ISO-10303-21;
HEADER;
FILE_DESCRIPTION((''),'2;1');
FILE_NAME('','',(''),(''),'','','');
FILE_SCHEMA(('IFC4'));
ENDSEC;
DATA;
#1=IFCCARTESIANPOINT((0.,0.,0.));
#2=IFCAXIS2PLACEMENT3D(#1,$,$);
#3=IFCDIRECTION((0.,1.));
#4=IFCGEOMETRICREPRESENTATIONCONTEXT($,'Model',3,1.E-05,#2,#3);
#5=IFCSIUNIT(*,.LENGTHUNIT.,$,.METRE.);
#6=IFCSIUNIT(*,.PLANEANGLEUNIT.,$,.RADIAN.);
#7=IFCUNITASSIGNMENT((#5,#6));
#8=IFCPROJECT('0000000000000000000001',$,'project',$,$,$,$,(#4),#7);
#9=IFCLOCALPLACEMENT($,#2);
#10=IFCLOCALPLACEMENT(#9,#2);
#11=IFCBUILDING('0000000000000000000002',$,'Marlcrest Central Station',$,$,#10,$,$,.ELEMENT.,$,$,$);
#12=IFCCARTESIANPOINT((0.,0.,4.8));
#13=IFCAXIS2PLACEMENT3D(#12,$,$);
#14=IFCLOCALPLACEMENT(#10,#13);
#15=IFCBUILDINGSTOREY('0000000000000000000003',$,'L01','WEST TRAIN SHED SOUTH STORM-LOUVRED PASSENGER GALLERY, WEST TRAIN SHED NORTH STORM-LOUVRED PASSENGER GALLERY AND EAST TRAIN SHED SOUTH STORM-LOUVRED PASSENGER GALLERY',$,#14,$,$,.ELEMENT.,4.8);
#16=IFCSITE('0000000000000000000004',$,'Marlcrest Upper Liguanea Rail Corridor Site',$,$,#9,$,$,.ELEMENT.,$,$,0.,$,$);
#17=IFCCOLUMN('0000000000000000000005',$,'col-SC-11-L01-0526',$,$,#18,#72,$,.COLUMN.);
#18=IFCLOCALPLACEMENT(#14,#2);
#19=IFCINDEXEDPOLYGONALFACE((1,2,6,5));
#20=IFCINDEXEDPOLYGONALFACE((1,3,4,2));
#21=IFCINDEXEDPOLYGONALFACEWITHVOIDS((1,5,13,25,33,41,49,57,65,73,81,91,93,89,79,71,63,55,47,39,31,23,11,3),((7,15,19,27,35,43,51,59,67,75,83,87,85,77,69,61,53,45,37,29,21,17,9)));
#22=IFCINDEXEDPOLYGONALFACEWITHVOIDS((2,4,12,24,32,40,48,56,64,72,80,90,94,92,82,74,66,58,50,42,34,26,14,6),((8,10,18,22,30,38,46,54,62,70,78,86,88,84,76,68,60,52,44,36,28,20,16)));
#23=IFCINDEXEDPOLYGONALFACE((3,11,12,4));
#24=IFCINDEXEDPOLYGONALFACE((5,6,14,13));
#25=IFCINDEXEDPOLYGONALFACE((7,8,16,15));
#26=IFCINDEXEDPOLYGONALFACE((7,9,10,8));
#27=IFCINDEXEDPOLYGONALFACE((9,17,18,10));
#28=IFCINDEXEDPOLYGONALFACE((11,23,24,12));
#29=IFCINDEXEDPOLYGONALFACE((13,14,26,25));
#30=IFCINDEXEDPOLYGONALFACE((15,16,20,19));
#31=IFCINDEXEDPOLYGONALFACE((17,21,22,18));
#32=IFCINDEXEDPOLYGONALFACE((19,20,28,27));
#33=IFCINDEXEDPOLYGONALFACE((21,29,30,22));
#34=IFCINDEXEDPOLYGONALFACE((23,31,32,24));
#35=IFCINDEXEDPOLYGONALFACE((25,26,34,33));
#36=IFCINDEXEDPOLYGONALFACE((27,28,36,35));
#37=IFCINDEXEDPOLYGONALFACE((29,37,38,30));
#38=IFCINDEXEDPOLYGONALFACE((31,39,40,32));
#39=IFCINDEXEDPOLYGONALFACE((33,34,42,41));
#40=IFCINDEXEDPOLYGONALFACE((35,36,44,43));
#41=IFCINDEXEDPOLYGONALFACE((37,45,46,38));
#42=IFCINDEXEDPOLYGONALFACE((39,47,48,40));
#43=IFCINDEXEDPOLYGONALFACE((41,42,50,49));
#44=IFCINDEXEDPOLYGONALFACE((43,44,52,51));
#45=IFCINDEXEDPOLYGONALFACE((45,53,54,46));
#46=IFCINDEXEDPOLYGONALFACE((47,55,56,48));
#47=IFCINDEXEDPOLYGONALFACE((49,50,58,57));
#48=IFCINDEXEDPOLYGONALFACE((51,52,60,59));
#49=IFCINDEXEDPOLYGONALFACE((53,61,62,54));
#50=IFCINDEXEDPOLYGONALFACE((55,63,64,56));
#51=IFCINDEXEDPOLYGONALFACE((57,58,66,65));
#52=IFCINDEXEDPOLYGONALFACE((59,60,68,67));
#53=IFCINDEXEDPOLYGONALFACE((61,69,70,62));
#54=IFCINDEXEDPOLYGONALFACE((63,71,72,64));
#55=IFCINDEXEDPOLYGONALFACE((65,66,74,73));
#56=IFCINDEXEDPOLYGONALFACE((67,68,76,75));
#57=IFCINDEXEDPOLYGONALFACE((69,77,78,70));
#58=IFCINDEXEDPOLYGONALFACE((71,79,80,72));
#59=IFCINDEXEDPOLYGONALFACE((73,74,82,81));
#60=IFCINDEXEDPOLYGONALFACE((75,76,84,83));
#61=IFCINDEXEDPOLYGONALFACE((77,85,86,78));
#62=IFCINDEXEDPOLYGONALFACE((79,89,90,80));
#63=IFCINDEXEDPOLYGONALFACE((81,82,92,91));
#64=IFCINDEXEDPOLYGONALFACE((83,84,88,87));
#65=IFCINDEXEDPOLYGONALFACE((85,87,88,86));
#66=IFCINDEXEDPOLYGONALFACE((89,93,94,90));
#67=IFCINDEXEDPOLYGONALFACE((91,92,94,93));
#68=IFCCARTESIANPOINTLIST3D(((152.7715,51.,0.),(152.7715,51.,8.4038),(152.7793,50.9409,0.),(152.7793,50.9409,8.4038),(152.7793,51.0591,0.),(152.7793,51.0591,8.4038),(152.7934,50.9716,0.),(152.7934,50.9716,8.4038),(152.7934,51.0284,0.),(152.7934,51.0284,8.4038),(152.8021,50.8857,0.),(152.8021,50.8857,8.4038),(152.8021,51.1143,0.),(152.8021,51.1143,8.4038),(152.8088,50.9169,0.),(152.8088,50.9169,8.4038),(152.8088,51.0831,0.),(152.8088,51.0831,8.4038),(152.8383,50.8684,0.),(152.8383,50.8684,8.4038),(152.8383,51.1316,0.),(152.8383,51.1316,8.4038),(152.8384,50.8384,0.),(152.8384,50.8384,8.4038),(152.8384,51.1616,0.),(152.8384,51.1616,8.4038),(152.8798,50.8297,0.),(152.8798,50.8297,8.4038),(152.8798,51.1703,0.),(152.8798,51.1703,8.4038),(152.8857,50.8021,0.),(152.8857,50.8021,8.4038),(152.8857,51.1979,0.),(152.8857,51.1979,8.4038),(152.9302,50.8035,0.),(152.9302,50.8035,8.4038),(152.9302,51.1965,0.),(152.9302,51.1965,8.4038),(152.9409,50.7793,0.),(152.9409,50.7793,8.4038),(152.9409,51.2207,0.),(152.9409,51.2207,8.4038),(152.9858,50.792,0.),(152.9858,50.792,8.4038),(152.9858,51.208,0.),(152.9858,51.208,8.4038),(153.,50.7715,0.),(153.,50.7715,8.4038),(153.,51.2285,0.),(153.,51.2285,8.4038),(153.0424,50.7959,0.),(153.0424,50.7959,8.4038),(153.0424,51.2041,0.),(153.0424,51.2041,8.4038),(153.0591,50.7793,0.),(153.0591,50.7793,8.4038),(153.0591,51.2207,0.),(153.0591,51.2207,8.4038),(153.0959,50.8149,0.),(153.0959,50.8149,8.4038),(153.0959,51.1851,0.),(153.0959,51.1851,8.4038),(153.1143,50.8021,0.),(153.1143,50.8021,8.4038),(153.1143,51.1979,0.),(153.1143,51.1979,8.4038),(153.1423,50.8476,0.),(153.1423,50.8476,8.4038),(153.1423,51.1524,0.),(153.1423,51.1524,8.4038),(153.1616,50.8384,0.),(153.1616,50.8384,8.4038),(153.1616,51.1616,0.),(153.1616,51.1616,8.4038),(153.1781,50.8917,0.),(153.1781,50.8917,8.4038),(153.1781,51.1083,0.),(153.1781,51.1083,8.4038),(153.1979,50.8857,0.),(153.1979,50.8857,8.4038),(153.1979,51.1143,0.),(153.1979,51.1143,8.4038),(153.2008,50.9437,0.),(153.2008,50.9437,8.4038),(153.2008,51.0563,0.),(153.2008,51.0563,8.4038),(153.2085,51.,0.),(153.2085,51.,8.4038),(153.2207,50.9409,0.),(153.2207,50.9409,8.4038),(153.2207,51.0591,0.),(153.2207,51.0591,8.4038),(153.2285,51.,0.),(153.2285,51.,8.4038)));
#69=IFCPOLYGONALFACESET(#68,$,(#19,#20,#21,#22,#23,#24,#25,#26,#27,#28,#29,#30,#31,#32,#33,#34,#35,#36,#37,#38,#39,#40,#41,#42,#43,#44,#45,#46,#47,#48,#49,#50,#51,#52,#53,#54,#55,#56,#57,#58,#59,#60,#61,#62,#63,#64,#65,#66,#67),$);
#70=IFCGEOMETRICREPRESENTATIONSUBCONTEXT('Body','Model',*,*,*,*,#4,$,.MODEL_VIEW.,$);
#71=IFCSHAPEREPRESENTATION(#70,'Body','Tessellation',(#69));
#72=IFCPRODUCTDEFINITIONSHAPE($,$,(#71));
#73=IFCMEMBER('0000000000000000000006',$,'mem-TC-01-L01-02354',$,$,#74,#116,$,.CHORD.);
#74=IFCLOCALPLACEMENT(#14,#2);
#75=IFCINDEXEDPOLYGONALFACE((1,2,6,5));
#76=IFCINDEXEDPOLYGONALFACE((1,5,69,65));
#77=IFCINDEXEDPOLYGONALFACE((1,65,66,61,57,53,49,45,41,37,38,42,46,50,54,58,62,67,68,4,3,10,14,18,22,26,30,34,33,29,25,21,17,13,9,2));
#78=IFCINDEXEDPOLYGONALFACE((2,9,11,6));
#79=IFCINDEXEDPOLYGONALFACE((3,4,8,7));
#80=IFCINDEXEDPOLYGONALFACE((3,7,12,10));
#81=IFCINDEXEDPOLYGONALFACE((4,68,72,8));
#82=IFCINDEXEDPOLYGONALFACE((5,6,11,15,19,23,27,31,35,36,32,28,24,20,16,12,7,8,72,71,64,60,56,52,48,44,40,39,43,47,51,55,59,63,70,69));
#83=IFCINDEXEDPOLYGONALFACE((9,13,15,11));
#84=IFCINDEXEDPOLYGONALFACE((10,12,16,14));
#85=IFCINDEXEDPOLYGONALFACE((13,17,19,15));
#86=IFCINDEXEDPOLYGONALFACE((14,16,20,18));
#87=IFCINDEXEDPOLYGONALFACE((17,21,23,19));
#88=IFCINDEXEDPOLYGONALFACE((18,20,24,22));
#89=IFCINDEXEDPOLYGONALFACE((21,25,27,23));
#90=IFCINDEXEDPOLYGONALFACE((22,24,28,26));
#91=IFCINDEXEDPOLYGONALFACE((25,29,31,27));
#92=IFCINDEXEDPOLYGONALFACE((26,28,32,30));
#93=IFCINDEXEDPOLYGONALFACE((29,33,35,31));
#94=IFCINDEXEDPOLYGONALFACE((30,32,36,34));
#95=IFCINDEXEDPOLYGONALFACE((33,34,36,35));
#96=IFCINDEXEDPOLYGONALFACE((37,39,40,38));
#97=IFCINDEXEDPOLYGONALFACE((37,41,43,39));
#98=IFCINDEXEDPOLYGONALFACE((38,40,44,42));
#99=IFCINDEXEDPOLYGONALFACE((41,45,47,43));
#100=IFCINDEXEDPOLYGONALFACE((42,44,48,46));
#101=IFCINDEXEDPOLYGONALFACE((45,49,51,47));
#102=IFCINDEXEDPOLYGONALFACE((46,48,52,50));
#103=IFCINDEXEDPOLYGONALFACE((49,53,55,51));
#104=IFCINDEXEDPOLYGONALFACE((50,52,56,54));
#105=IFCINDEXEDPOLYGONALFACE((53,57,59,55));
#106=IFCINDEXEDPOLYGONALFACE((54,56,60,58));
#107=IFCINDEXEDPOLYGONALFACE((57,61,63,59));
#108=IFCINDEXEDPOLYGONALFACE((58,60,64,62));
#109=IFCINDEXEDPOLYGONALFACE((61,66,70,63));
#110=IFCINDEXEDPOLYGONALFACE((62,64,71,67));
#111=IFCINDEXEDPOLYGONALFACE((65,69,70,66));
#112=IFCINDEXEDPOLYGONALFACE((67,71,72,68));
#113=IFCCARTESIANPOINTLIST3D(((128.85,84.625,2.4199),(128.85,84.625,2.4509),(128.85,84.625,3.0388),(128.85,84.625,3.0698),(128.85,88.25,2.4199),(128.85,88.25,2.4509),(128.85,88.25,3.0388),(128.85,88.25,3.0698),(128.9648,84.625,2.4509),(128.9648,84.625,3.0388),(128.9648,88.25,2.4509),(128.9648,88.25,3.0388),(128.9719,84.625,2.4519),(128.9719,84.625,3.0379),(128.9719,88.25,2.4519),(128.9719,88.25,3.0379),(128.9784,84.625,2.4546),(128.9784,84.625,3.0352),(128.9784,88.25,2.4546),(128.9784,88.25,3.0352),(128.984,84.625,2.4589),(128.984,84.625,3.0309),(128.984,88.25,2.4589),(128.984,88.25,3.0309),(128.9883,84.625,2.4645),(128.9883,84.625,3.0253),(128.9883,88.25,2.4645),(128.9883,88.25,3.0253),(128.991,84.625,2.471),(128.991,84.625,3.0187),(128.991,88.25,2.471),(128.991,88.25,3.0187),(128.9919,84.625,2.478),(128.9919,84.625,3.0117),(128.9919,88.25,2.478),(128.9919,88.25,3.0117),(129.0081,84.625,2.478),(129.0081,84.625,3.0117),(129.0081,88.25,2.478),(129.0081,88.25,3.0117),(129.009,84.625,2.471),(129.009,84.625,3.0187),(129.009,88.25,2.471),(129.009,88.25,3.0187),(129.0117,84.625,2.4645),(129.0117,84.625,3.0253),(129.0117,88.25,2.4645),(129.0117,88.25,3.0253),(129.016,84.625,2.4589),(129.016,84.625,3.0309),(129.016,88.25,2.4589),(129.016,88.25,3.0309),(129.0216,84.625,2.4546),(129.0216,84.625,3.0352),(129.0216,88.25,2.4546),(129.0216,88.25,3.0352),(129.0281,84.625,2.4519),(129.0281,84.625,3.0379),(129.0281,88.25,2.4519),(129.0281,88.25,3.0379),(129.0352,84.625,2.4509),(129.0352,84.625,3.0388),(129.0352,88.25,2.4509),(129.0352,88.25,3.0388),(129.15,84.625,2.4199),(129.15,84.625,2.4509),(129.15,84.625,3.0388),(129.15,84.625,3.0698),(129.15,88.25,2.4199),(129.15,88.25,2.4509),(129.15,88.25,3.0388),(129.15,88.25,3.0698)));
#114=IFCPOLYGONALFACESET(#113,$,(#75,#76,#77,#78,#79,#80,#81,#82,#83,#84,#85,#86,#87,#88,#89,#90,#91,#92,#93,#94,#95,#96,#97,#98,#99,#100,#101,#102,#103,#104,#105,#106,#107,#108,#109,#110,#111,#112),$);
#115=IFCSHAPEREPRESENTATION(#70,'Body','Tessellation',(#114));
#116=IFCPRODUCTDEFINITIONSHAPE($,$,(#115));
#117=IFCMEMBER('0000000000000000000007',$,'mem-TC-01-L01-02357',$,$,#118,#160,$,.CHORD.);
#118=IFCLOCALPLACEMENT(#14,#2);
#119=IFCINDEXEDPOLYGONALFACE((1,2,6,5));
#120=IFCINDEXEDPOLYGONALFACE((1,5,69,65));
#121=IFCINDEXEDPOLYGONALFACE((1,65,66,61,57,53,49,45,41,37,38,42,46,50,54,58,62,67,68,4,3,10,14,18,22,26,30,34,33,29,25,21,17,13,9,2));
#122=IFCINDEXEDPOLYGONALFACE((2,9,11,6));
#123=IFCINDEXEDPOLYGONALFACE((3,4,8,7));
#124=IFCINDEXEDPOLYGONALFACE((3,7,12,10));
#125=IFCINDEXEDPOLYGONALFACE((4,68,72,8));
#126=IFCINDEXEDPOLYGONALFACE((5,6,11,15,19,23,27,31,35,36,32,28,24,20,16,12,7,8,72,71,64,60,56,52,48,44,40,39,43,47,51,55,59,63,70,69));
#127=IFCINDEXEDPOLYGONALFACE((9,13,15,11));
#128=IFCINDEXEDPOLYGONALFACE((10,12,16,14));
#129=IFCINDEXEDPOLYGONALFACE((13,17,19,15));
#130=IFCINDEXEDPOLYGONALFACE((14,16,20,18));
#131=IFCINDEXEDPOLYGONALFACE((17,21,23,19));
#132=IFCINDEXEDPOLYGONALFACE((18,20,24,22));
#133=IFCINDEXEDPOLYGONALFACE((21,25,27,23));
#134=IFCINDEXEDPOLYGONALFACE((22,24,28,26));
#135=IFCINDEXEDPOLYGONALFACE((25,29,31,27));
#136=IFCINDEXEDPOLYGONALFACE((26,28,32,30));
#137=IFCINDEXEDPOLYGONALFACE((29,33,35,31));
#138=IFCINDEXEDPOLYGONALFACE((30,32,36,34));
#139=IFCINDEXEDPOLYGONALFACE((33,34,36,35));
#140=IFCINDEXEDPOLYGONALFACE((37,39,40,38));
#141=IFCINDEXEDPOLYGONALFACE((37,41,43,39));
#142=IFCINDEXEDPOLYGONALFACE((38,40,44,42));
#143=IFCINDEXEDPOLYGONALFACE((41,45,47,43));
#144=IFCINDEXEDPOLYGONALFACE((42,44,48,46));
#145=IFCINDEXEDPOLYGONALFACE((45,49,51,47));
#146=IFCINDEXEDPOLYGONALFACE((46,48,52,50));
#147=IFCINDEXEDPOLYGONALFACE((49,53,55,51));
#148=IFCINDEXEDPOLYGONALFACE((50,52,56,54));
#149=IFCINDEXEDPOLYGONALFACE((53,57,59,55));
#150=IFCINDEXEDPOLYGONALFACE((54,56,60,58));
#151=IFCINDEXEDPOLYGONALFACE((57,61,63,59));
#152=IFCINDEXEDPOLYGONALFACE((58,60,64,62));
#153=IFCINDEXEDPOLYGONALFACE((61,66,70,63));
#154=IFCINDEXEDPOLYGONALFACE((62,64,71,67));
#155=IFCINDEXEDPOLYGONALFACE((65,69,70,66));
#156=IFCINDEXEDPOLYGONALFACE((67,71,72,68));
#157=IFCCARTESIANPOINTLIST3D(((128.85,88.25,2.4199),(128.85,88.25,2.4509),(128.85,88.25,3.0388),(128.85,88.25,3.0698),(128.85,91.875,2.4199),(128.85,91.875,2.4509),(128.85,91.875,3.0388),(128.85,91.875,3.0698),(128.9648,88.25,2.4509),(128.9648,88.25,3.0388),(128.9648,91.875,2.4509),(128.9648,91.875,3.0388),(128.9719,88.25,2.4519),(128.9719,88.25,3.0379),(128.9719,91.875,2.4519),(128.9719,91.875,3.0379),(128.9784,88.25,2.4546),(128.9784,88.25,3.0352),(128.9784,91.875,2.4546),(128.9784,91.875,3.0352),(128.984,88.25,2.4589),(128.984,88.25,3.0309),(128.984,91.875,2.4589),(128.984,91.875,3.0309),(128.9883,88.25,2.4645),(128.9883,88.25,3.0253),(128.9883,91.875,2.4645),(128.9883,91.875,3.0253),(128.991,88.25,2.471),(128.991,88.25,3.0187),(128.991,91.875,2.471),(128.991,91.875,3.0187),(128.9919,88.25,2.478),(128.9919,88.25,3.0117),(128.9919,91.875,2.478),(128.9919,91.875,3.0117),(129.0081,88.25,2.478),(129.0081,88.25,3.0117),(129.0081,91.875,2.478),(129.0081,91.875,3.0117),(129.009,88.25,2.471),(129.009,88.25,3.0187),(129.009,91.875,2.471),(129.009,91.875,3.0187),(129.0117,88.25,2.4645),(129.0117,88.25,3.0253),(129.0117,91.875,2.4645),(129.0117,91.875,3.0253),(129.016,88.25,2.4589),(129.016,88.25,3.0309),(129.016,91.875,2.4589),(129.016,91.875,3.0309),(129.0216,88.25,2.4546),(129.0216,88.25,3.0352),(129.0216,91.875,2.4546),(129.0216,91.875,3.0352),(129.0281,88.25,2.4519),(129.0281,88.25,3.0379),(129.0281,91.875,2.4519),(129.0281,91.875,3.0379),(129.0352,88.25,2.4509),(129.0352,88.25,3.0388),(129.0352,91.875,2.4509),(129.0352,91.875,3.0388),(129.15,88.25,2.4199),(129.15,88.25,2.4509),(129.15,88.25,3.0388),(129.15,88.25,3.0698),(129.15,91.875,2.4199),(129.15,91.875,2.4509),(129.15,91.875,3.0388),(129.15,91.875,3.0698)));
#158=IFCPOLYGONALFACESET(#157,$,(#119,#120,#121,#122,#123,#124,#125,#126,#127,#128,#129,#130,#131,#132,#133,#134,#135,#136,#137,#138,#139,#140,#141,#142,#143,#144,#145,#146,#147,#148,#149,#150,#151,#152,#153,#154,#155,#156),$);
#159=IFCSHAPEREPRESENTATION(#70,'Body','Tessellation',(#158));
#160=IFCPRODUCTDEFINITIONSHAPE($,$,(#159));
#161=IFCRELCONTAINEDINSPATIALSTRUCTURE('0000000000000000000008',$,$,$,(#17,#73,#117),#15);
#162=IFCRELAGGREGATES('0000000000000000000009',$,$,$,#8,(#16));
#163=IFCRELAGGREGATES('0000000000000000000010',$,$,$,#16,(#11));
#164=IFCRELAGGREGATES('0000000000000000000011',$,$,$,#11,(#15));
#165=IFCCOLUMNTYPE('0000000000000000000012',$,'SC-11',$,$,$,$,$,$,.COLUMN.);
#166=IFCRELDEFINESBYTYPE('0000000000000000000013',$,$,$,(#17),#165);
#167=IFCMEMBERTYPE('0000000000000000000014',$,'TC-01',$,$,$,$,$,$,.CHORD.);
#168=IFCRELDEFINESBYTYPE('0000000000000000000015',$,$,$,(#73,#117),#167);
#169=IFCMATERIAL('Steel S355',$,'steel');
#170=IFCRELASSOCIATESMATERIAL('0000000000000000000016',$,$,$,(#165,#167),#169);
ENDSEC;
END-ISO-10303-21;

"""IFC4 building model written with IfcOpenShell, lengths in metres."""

from ifc_helpers import new_model, si_unit, direction, frame, origin, origin_2d, place, context, subcontext, project, spatial, hollow_circle, i_section, extrude, material, material_profile, profile_set, type_object, element, save


model = new_model("IFC4")

# Units and contexts
model_context = context("Model", 3, precision=1e-05, world=origin(), true_north=direction((0.0, 1.0)))
body_context = subcontext(model_context, "Body", "Model", "MODEL_VIEW")
ifc_project = project(units=[si_unit("LENGTHUNIT", "METRE"), si_unit("PLANEANGLEUNIT", "RADIAN")], contexts=[model_context])

# Site, building, storey
site_placement = place(None, origin())
site = spatial("IfcSite", under=ifc_project, at=site_placement, Name="Marlcrest Upper Liguanea Rail Corridor Site", CompositionType="ELEMENT", RefElevation=0.0)
building_placement = place(site_placement, origin())
building = spatial("IfcBuilding", under=site, at=building_placement, Name="Marlcrest Central Station", CompositionType="ELEMENT")
storey_placement = place(building_placement, frame((0.0, 0.0, 4.8)))
storey = spatial("IfcBuildingStorey", under=building, at=storey_placement, Name="L01", Description="WEST TRAIN SHED SOUTH STORM-LOUVRED PASSENGER GALLERY, WEST TRAIN SHED NORTH STORM-LOUVRED PASSENGER GALLERY AND EAST TRAIN SHED SOUTH STORM-LOUVRED PASSENGER GALLERY", CompositionType="ELEMENT", Elevation=4.8)

# Column
ifc_material = material(Name="Steel S355", Category="steel")
ifc_material_profile_1 = material_profile(ifc_material, hollow_circle(Radius=0.2285, WallThickness=0.02, at=origin_2d()), Name="CHS 457x20")
ifc_profile_set_1 = profile_set([ifc_material_profile_1], Name="Steel S355")
column_type = type_object("IfcColumnType", Name="SC-11", PredefinedType="COLUMN", material=ifc_profile_set_1)
for number, where, z_axis, x_axis, name in (
    (1, (153.0, 51.0, 0.0), (0.0, 0.0, 1.0), (1.0, 0.0, 0.0), "col-SC-11-L01-0526"),
):
    element("IfcColumn", number, at=place(storey_placement, frame(where, z_axis=z_axis, x_axis=x_axis)), inside=storey, type_object=column_type, Name=name, PredefinedType="COLUMN", context=body_context, shape_type="SweptSolid", body=[
        extrude(hollow_circle(Radius=0.2285, WallThickness=0.02, at=origin_2d()), origin(), (0.0, 0.0, 1.0), 8.4038),
    ])

# Members
ifc_material_profile_2 = material_profile(ifc_material, i_section(OverallWidth=0.3, OverallDepth=0.6499, WebThickness=0.0161, FlangeThickness=0.031, FilletRadius=0.0271, at=origin_2d()), Name="HEB 650")
ifc_profile_set_2 = profile_set([ifc_material_profile_2], Name="Steel S355")
member_type_1 = type_object("IfcMemberType", Name="TC-01", PredefinedType="CHORD", material=ifc_profile_set_2)
for number, where, z_axis, x_axis, name in (
    (2, (129.0, 84.625, 2.7449), (0.0, 1.0, 0.0), (-1.0, 0.0, 0.0), "mem-TC-01-L01-02354"),
    (3, (129.0, 88.25, 2.7449), (0.0, 1.0, 0.0), (-1.0, 0.0, 0.0), "mem-TC-01-L01-02357"),
):
    element("IfcMember", number, at=place(storey_placement, frame(where, z_axis=z_axis, x_axis=x_axis)), inside=storey, type_object=member_type_1, Name=name, PredefinedType="CHORD", context=body_context, shape_type="SweptSolid", body=[
        extrude(i_section(OverallWidth=0.3, OverallDepth=0.6499, WebThickness=0.0161, FlangeThickness=0.031, FilletRadius=0.0271, at=origin_2d()), origin(), (0.0, 0.0, 1.0), 3.625),
    ])

save(model, "model.ifc")
